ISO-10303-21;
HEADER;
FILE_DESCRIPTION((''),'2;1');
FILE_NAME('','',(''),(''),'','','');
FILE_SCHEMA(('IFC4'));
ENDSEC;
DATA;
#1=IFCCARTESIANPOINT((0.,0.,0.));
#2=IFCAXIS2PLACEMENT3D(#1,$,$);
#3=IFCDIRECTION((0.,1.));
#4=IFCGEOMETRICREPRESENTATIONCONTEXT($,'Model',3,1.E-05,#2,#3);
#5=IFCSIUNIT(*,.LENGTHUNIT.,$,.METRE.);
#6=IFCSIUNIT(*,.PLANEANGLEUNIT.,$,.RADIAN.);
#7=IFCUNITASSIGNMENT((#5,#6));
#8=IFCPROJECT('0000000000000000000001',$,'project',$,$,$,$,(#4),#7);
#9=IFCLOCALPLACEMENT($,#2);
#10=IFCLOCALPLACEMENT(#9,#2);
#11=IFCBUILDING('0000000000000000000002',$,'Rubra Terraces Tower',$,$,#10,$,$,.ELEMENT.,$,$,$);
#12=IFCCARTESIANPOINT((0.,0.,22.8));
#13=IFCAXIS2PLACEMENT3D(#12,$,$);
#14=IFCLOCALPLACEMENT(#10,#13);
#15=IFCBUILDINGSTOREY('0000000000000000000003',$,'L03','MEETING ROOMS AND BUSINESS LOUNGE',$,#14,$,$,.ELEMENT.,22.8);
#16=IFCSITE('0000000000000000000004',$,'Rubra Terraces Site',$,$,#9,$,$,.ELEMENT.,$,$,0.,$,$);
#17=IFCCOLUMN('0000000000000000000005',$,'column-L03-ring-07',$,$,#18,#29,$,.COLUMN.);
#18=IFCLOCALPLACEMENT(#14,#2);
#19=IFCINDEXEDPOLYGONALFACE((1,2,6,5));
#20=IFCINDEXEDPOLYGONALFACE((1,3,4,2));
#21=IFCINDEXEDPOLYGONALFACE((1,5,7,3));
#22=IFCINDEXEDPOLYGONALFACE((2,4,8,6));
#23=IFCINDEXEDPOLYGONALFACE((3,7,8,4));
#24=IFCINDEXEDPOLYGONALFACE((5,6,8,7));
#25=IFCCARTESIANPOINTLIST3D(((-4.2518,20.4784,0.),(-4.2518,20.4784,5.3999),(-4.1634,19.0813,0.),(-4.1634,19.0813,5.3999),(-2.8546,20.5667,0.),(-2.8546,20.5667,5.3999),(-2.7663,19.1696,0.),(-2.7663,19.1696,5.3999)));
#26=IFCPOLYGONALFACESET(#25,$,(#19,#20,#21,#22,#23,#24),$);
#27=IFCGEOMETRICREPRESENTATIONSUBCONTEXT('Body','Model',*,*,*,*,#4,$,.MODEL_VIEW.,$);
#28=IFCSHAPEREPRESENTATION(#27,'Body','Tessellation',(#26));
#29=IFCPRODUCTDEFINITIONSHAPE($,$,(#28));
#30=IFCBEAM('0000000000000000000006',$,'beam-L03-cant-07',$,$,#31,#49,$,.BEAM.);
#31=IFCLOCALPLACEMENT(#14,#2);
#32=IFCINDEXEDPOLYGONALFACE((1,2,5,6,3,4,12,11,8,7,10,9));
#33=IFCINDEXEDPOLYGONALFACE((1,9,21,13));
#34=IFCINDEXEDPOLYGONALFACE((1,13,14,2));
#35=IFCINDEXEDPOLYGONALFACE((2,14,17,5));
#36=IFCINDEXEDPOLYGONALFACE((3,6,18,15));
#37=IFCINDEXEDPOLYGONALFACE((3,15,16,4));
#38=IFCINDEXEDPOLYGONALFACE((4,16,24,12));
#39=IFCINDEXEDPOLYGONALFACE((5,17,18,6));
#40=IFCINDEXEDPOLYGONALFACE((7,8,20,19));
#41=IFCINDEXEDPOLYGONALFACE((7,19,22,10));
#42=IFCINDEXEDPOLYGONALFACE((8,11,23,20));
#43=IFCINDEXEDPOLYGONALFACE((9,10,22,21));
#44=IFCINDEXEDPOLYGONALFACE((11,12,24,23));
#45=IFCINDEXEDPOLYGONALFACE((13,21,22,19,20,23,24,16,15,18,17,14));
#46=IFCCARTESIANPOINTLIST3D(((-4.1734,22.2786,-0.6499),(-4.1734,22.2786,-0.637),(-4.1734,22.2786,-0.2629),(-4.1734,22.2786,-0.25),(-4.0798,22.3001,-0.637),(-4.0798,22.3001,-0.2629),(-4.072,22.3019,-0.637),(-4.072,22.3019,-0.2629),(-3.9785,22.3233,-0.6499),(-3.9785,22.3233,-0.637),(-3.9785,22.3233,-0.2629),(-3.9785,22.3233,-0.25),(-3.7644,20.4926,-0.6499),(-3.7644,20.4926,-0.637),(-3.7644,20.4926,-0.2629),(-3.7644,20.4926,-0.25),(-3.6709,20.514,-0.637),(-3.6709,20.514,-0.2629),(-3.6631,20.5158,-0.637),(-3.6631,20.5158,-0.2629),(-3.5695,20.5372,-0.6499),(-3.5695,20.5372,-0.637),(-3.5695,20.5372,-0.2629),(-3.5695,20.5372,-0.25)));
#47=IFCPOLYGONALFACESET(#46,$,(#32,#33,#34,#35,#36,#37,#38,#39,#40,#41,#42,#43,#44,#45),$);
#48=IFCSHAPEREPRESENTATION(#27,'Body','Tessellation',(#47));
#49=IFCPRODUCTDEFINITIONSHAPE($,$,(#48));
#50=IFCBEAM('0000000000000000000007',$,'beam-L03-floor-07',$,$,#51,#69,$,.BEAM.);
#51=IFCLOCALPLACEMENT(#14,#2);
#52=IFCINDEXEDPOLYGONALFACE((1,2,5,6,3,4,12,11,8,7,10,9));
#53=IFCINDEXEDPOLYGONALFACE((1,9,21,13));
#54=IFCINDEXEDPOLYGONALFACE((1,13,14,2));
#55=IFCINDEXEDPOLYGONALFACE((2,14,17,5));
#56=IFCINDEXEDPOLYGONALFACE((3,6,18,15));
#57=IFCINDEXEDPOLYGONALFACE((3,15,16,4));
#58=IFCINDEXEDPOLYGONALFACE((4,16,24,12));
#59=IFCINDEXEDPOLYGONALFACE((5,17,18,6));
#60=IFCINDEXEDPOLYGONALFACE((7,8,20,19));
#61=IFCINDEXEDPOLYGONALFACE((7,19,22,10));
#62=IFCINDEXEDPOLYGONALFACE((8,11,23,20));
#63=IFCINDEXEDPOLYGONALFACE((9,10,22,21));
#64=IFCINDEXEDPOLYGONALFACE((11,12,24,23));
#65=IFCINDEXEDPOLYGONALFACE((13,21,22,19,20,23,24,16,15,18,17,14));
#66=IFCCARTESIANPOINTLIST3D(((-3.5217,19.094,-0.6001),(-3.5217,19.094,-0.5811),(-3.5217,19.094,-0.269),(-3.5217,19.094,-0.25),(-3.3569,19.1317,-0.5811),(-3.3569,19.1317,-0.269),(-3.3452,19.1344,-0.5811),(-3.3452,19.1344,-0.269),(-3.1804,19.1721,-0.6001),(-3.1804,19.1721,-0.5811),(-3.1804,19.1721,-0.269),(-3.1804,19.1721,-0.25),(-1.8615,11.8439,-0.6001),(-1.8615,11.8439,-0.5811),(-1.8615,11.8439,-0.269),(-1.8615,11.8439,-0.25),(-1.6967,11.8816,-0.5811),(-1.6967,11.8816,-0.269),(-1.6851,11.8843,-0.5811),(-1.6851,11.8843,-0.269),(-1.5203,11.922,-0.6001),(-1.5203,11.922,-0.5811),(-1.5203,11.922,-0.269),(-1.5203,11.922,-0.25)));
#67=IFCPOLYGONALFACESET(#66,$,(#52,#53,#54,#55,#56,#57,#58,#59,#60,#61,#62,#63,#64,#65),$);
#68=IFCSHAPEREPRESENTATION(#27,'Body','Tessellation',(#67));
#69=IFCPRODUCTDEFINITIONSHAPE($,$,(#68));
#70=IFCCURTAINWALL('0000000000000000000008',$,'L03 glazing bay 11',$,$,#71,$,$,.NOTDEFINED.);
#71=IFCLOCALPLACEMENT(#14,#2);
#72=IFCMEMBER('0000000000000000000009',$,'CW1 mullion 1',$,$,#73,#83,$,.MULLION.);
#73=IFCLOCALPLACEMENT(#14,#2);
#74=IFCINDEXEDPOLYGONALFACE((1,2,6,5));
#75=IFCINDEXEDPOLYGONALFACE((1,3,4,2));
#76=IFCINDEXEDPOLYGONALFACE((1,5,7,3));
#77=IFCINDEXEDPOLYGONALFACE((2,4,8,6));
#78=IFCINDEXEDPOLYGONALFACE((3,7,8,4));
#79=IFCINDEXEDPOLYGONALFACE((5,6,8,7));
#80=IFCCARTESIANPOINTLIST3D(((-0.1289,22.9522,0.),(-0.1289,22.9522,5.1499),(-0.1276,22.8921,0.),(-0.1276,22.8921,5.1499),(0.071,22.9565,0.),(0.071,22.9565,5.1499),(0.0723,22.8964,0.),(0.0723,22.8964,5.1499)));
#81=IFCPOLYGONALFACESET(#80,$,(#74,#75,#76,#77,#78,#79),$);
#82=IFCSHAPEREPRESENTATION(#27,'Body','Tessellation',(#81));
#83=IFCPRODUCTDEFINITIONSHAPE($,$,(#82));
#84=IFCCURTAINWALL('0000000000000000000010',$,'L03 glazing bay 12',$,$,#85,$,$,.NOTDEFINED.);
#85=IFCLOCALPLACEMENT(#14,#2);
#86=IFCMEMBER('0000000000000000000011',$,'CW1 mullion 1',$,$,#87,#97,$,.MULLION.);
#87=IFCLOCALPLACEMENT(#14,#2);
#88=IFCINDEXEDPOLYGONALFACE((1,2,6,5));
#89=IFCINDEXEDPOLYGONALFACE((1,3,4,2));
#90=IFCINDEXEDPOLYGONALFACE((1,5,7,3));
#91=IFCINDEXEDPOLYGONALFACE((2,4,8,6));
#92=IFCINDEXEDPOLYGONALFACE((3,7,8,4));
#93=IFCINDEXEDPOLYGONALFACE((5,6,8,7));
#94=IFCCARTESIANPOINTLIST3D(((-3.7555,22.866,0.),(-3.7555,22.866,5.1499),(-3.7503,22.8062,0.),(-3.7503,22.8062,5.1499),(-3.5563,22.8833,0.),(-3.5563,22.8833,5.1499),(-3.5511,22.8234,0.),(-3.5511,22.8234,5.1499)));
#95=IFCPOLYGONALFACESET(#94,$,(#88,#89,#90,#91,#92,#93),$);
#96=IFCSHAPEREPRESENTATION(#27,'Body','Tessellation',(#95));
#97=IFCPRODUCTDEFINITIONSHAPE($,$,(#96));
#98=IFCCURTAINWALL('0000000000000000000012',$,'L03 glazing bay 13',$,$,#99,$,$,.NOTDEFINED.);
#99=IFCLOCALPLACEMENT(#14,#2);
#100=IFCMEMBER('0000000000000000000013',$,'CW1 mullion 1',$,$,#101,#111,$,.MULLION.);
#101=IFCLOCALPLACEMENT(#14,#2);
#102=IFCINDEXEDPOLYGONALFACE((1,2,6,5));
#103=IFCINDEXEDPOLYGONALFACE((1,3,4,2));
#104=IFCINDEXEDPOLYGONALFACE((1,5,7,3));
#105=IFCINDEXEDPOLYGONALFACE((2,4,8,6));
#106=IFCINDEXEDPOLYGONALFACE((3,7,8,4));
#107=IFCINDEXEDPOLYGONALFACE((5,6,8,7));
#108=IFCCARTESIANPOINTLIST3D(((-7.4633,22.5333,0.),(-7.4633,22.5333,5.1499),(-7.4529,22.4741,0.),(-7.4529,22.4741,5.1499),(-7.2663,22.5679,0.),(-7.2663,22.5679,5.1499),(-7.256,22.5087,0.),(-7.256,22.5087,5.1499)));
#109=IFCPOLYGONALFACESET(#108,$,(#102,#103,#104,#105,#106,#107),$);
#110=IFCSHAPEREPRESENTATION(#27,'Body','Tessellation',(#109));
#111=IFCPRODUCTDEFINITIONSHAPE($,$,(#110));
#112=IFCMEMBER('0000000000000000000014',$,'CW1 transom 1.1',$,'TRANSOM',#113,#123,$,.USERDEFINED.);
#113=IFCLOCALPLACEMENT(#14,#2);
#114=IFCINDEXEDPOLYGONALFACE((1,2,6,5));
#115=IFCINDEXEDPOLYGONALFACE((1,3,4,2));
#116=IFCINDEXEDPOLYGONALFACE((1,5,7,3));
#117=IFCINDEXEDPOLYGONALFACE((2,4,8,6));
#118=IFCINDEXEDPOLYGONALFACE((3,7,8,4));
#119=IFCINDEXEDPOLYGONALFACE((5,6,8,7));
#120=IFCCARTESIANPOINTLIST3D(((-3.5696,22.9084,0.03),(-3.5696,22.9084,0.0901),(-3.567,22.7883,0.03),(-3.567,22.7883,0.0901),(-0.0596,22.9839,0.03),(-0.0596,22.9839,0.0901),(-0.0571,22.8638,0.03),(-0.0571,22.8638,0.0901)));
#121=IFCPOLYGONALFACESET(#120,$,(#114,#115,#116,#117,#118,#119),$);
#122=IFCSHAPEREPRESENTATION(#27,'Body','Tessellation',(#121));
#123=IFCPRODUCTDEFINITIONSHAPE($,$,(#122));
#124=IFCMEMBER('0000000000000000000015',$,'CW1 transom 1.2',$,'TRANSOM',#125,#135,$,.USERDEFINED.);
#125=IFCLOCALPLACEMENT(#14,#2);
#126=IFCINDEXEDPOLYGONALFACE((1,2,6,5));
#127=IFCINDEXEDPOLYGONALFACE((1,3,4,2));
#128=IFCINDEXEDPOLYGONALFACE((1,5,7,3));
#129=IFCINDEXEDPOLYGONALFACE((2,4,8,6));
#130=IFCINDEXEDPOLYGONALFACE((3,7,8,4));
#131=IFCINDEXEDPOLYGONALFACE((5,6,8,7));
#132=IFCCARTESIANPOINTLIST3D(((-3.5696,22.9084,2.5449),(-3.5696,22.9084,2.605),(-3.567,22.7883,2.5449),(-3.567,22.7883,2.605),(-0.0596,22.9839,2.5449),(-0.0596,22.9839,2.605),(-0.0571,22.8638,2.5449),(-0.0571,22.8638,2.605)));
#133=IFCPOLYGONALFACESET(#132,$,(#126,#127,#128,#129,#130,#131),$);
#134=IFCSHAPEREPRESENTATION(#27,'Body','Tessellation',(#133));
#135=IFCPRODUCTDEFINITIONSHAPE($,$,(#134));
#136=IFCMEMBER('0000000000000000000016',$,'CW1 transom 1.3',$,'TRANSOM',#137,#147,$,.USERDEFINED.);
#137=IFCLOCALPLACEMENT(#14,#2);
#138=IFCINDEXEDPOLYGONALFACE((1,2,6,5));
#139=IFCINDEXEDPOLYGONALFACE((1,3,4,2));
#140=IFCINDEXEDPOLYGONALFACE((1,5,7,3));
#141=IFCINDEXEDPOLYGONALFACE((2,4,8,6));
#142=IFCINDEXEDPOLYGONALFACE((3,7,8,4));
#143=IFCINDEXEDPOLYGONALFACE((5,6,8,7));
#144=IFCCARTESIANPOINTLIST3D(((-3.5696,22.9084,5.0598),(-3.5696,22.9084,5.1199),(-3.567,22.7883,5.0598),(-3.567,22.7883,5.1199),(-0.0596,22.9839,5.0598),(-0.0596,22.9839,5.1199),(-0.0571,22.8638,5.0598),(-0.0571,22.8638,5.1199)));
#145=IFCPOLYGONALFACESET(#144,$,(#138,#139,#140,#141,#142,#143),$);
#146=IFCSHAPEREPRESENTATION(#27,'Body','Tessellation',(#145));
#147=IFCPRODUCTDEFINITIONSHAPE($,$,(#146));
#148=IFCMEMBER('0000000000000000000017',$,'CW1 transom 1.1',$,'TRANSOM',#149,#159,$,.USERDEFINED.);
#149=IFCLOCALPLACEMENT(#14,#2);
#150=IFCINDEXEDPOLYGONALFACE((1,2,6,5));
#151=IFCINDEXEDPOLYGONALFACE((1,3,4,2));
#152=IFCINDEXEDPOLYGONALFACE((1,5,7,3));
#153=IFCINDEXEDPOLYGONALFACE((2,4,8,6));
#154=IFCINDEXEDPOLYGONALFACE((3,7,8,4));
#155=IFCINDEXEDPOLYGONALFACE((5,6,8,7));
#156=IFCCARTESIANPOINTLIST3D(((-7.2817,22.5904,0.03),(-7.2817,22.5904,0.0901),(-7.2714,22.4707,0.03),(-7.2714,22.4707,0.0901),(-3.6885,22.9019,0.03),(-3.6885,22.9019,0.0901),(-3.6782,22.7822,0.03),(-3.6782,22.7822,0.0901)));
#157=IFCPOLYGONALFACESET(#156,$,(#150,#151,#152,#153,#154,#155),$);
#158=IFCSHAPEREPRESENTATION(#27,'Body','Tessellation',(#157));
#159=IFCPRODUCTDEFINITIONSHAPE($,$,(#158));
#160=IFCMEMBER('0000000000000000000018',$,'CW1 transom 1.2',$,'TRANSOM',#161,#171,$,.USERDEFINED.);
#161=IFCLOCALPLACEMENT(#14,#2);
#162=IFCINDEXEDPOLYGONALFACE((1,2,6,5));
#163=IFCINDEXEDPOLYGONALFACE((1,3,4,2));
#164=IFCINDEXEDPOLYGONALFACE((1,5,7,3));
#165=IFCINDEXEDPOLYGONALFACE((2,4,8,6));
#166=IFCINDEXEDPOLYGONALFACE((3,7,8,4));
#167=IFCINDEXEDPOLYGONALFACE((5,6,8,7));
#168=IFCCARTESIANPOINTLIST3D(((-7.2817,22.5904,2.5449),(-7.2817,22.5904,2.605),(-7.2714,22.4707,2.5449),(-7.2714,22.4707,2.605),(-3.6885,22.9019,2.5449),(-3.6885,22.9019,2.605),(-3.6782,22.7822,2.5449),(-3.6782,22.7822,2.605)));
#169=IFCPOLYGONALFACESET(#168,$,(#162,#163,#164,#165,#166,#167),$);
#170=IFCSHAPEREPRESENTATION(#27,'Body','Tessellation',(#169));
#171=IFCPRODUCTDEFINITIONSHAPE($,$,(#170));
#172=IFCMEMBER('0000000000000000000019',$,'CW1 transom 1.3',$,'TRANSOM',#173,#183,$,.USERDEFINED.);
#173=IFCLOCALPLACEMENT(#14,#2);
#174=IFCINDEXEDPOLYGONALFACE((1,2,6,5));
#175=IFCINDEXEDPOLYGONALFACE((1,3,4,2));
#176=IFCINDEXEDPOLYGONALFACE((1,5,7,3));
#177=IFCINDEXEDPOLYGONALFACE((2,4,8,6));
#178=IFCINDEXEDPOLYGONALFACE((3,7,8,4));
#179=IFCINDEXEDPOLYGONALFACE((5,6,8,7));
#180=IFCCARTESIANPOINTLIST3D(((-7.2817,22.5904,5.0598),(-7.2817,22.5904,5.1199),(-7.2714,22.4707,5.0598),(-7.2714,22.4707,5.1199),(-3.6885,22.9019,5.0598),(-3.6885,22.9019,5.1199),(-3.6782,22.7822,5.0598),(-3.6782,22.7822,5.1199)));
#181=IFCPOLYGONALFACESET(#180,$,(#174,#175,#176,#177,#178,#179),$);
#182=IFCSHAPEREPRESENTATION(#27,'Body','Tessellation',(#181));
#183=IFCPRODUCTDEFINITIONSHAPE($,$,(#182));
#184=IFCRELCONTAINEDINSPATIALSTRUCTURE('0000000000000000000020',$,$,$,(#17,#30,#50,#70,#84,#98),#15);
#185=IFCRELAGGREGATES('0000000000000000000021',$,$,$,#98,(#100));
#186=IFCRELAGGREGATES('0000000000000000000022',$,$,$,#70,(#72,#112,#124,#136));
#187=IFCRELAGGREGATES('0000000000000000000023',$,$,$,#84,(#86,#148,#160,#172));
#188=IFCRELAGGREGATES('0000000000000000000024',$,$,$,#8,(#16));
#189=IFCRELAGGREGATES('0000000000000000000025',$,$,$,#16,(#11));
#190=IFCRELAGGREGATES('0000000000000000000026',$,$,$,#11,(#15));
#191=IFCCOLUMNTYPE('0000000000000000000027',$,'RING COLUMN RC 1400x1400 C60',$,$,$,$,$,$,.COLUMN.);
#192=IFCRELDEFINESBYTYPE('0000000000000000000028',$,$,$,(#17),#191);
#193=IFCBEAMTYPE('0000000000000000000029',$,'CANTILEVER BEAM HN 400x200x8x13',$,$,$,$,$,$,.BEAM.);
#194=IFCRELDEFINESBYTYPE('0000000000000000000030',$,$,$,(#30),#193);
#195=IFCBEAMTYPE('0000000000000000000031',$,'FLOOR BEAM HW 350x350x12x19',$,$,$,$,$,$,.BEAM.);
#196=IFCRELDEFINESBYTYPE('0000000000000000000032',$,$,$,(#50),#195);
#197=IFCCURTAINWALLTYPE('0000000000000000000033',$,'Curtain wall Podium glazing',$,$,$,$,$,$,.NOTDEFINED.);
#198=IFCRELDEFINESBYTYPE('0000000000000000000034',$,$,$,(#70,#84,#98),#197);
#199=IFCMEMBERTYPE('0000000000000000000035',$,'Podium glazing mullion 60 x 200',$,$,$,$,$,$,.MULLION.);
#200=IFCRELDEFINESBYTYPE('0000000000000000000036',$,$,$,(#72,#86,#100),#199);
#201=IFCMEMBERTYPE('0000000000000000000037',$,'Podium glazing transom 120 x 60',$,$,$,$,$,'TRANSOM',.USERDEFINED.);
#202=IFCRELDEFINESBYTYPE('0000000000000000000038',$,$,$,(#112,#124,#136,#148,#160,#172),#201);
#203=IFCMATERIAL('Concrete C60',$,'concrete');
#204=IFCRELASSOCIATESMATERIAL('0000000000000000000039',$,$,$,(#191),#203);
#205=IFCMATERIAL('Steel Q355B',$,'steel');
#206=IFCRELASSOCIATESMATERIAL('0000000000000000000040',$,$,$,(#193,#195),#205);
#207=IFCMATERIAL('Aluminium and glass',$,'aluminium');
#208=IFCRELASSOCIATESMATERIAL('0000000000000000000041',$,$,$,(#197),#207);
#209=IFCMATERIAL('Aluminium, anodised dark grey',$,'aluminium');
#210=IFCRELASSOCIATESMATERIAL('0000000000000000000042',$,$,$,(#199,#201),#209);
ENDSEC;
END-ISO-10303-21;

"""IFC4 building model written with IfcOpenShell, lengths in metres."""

from ifc_helpers import new_model, si_unit, direction, frame, origin, origin_2d, place, context, subcontext, project, spatial, rectangle, i_section, extrude, material, material_profile, profile_set, type_object, element, aggregate, save


model = new_model("IFC4")

# Units and contexts
model_context = context("Model", 3, precision=1e-05, world=origin(), true_north=direction((0.0, 1.0)))
body_context = subcontext(model_context, "Body", "Model", "MODEL_VIEW")
ifc_project = project(units=[si_unit("LENGTHUNIT", "METRE"), si_unit("PLANEANGLEUNIT", "RADIAN")], contexts=[model_context])

# Site, building, storey
site_placement = place(None, origin())
site = spatial("IfcSite", under=ifc_project, at=site_placement, Name="Rubra Terraces Site", CompositionType="ELEMENT", RefElevation=0.0)
building_placement = place(site_placement, origin())
building = spatial("IfcBuilding", under=site, at=building_placement, Name="Rubra Terraces Tower", CompositionType="ELEMENT")
storey_placement = place(building_placement, frame((0.0, 0.0, 22.8)))
storey = spatial("IfcBuildingStorey", under=building, at=storey_placement, Name="L03", Description="MEETING ROOMS AND BUSINESS LOUNGE", CompositionType="ELEMENT", Elevation=22.8)

# Column
ifc_material_1 = material(Name="Concrete C60", Category="concrete")
ifc_material_profile_1 = material_profile(ifc_material_1, rectangle(XDim=1.3999, YDim=1.3999, at=origin_2d()), Name="RC 1400x1400")
ifc_profile_set_1 = profile_set([ifc_material_profile_1], Name="Concrete C60")
column_type = type_object("IfcColumnType", Name="RING COLUMN RC 1400x1400 C60", PredefinedType="COLUMN", material=ifc_profile_set_1)
column_placement = place(storey_placement, frame((-3.509, 19.824, 0.0), z_axis=(0.0, 0.0, 1.0), x_axis=(-0.998008, -0.063094, 0.0)))
element("IfcColumn", 1, at=column_placement, inside=storey, type_object=column_type, Name="column-L03-ring-07", PredefinedType="COLUMN", context=body_context, shape_type="SweptSolid", body=[
    extrude(rectangle(XDim=1.3999, YDim=1.3999, at=origin_2d()), origin(), (0.0, 0.0, 1.0), 5.3999),
])

# Beams
ifc_material_2 = material(Name="Steel Q355B", Category="steel")
ifc_material_profile_2 = material_profile(ifc_material_2, i_section(OverallWidth=0.2, OverallDepth=0.3999, WebThickness=0.0081, FlangeThickness=0.0129, at=origin_2d()), Name="HN 400x200x8x13")
ifc_profile_set_2 = profile_set([ifc_material_profile_2], Name="Steel Q355B")
beam_type_1 = type_object("IfcBeamType", Name="CANTILEVER BEAM HN 400x200x8x13", PredefinedType="BEAM", material=ifc_profile_set_2)
beam_1_placement = place(storey_placement, frame((-3.667, 20.5149, -0.45), z_axis=(-0.223176, 0.974778, 0.0), x_axis=(-0.974778, -0.223176, 0.0)))
element("IfcBeam", 2, at=beam_1_placement, inside=storey, type_object=beam_type_1, Name="beam-L03-cant-07", PredefinedType="BEAM", context=body_context, shape_type="SweptSolid", body=[
    extrude(i_section(OverallWidth=0.2, OverallDepth=0.3999, WebThickness=0.0081, FlangeThickness=0.0129, at=origin_2d()), origin(), (0.0, 0.0, 1.0), 1.8323),
])
ifc_material_profile_3 = material_profile(ifc_material_2, i_section(OverallWidth=0.3501, OverallDepth=0.3501, WebThickness=0.012, FlangeThickness=0.019, at=origin_2d()), Name="HW 350x350x12x19")
ifc_profile_set_3 = profile_set([ifc_material_profile_3], Name="Steel Q355B")
beam_type_2 = type_object("IfcBeamType", Name="FLOOR BEAM HW 350x350x12x19", PredefinedType="BEAM", material=ifc_profile_set_3)
beam_2_placement = place(storey_placement, frame((-3.3511, 19.1331, -0.425), z_axis=(0.22321, -0.97477, 0.0), x_axis=(0.97477, 0.22321, 0.0)))
element("IfcBeam", 3, at=beam_2_placement, inside=storey, type_object=beam_type_2, Name="beam-L03-floor-07", PredefinedType="BEAM", context=body_context, shape_type="SweptSolid", body=[
    extrude(i_section(OverallWidth=0.3501, OverallDepth=0.3501, WebThickness=0.012, FlangeThickness=0.019, at=origin_2d()), origin(), (0.0, 0.0, 1.0), 7.4377),
])

# Curtain walls, members
ifc_material_3 = material(Name="Aluminium and glass", Category="aluminium")
curtain_wall_type = type_object("IfcCurtainWallType", Name="Curtain wall Podium glazing", PredefinedType="NOTDEFINED", material=ifc_material_3)
curtain_wall_1_placement = place(storey_placement, origin())
curtain_wall_1 = element("IfcCurtainWall", 4, at=curtain_wall_1_placement, inside=storey, type_object=curtain_wall_type, Name="L03 glazing bay 11", PredefinedType="NOTDEFINED")
ifc_material_4 = material(Name="Aluminium, anodised dark grey", Category="aluminium")
ifc_material_profile_4 = material_profile(ifc_material_4, rectangle(XDim=0.0601, YDim=0.2, at=origin_2d()), Name="AL 60x200")
ifc_profile_set_4 = profile_set([ifc_material_profile_4], Name="Aluminium, anodised dark grey")
member_type_1 = type_object("IfcMemberType", Name="Podium glazing mullion 60 x 200", PredefinedType="MULLION", material=ifc_profile_set_4)
member_1_placement = place(storey_placement, frame((-0.0283, 22.9243, 0.0), z_axis=(0.0, 0.0, 1.0), x_axis=(0.021483, -0.999769, 0.0)))
member_1 = element("IfcMember", 5, at=member_1_placement, type_object=member_type_1, Name="CW1 mullion 1", PredefinedType="MULLION", context=body_context, shape_type="SweptSolid", body=[
    extrude(rectangle(XDim=0.0601, YDim=0.2, at=origin_2d()), origin(), (0.0, 0.0, 1.0), 5.1499),
])
curtain_wall_2_placement = place(storey_placement, origin())
curtain_wall_2 = element("IfcCurtainWall", 6, at=curtain_wall_2_placement, inside=storey, type_object=curtain_wall_type, Name="L03 glazing bay 12", PredefinedType="NOTDEFINED")
member_2_placement = place(storey_placement, frame((-3.6533, 22.8447, 0.0), z_axis=(0.0, 0.0, 1.0), x_axis=(0.086398, -0.996261, 0.0)))
member_2 = element("IfcMember", 7, at=member_2_placement, type_object=member_type_1, Name="CW1 mullion 1", PredefinedType="MULLION", context=body_context, shape_type="SweptSolid", body=[
    extrude(rectangle(XDim=0.0601, YDim=0.2, at=origin_2d()), origin(), (0.0, 0.0, 1.0), 5.1499),
])
curtain_wall_3_placement = place(storey_placement, origin())
curtain_wall_3 = element("IfcCurtainWall", 8, at=curtain_wall_3_placement, inside=storey, type_object=curtain_wall_type, Name="L03 glazing bay 13", PredefinedType="NOTDEFINED")
member_3_placement = place(storey_placement, frame((-7.3596, 22.521, 0.0), z_axis=(0.0, 0.0, 1.0), x_axis=(0.172817, -0.984954, 0.0)))
member_3 = element("IfcMember", 9, at=member_3_placement, type_object=member_type_1, Name="CW1 mullion 1", PredefinedType="MULLION", context=body_context, shape_type="SweptSolid", body=[
    extrude(rectangle(XDim=0.0601, YDim=0.2, at=origin_2d()), origin(), (0.0, 0.0, 1.0), 5.1499),
])

# Members
ifc_material_profile_5 = material_profile(ifc_material_4, rectangle(XDim=0.1201, YDim=0.0601, at=origin_2d()), Name="AL 120x60")
ifc_profile_set_5 = profile_set([ifc_material_profile_5], Name="Aluminium, anodised dark grey")
member_type_2 = type_object("IfcMemberType", Name="Podium glazing transom 120 x 60", ElementType="TRANSOM", PredefinedType="USERDEFINED", material=ifc_profile_set_5)
member_4_placement = place(storey_placement, frame((-0.0583, 22.9238, 0.0601), z_axis=(-0.999769, -0.021488, 0.0), x_axis=(0.021488, -0.999769, 0.0)))
member_4 = element("IfcMember", 10, at=member_4_placement, type_object=member_type_2, Name="CW1 transom 1.1", ObjectType="TRANSOM", PredefinedType="USERDEFINED", context=body_context, shape_type="SweptSolid", body=[
    extrude(rectangle(XDim=0.1201, YDim=0.0601, at=origin_2d()), origin(), (0.0, 0.0, 1.0), 3.5107),
])
member_5_placement = place(storey_placement, frame((-0.0583, 22.9238, 2.575), z_axis=(-0.999769, -0.021488, 0.0), x_axis=(0.021488, -0.999769, 0.0)))
member_5 = element("IfcMember", 11, at=member_5_placement, type_object=member_type_2, Name="CW1 transom 1.2", ObjectType="TRANSOM", PredefinedType="USERDEFINED", context=body_context, shape_type="SweptSolid", body=[
    extrude(rectangle(XDim=0.1201, YDim=0.0601, at=origin_2d()), origin(), (0.0, 0.0, 1.0), 3.5107),
])
member_6_placement = place(storey_placement, frame((-0.0583, 22.9238, 5.0898), z_axis=(-0.999769, -0.021488, 0.0), x_axis=(0.021488, -0.999769, 0.0)))
member_6 = element("IfcMember", 12, at=member_6_placement, type_object=member_type_2, Name="CW1 transom 1.3", ObjectType="TRANSOM", PredefinedType="USERDEFINED", context=body_context, shape_type="SweptSolid", body=[
    extrude(rectangle(XDim=0.1201, YDim=0.0601, at=origin_2d()), origin(), (0.0, 0.0, 1.0), 3.5107),
])
member_7_placement = place(storey_placement, frame((-3.6833, 22.842, 0.0601), z_axis=(-0.996263, -0.086373, 0.0), x_axis=(0.086373, -0.996263, 0.0)))
member_7 = element("IfcMember", 13, at=member_7_placement, type_object=member_type_2, Name="CW1 transom 1.1", ObjectType="TRANSOM", PredefinedType="USERDEFINED", context=body_context, shape_type="SweptSolid", body=[
    extrude(rectangle(XDim=0.1201, YDim=0.0601, at=origin_2d()), origin(), (0.0, 0.0, 1.0), 3.6067),
])
member_8_placement = place(storey_placement, frame((-3.6833, 22.842, 2.575), z_axis=(-0.996263, -0.086373, 0.0), x_axis=(0.086373, -0.996263, 0.0)))
member_8 = element("IfcMember", 14, at=member_8_placement, type_object=member_type_2, Name="CW1 transom 1.2", ObjectType="TRANSOM", PredefinedType="USERDEFINED", context=body_context, shape_type="SweptSolid", body=[
    extrude(rectangle(XDim=0.1201, YDim=0.0601, at=origin_2d()), origin(), (0.0, 0.0, 1.0), 3.6067),
])
member_9_placement = place(storey_placement, frame((-3.6833, 22.842, 5.0898), z_axis=(-0.996263, -0.086373, 0.0), x_axis=(0.086373, -0.996263, 0.0)))
member_9 = element("IfcMember", 15, at=member_9_placement, type_object=member_type_2, Name="CW1 transom 1.3", ObjectType="TRANSOM", PredefinedType="USERDEFINED", context=body_context, shape_type="SweptSolid", body=[
    extrude(rectangle(XDim=0.1201, YDim=0.0601, at=origin_2d()), origin(), (0.0, 0.0, 1.0), 3.6067),
])
aggregate(curtain_wall_3, [member_3])

aggregate(curtain_wall_1, [member_1, member_4, member_5, member_6])
aggregate(curtain_wall_2, [member_2, member_7, member_8, member_9])

save(model, "model.ifc")
